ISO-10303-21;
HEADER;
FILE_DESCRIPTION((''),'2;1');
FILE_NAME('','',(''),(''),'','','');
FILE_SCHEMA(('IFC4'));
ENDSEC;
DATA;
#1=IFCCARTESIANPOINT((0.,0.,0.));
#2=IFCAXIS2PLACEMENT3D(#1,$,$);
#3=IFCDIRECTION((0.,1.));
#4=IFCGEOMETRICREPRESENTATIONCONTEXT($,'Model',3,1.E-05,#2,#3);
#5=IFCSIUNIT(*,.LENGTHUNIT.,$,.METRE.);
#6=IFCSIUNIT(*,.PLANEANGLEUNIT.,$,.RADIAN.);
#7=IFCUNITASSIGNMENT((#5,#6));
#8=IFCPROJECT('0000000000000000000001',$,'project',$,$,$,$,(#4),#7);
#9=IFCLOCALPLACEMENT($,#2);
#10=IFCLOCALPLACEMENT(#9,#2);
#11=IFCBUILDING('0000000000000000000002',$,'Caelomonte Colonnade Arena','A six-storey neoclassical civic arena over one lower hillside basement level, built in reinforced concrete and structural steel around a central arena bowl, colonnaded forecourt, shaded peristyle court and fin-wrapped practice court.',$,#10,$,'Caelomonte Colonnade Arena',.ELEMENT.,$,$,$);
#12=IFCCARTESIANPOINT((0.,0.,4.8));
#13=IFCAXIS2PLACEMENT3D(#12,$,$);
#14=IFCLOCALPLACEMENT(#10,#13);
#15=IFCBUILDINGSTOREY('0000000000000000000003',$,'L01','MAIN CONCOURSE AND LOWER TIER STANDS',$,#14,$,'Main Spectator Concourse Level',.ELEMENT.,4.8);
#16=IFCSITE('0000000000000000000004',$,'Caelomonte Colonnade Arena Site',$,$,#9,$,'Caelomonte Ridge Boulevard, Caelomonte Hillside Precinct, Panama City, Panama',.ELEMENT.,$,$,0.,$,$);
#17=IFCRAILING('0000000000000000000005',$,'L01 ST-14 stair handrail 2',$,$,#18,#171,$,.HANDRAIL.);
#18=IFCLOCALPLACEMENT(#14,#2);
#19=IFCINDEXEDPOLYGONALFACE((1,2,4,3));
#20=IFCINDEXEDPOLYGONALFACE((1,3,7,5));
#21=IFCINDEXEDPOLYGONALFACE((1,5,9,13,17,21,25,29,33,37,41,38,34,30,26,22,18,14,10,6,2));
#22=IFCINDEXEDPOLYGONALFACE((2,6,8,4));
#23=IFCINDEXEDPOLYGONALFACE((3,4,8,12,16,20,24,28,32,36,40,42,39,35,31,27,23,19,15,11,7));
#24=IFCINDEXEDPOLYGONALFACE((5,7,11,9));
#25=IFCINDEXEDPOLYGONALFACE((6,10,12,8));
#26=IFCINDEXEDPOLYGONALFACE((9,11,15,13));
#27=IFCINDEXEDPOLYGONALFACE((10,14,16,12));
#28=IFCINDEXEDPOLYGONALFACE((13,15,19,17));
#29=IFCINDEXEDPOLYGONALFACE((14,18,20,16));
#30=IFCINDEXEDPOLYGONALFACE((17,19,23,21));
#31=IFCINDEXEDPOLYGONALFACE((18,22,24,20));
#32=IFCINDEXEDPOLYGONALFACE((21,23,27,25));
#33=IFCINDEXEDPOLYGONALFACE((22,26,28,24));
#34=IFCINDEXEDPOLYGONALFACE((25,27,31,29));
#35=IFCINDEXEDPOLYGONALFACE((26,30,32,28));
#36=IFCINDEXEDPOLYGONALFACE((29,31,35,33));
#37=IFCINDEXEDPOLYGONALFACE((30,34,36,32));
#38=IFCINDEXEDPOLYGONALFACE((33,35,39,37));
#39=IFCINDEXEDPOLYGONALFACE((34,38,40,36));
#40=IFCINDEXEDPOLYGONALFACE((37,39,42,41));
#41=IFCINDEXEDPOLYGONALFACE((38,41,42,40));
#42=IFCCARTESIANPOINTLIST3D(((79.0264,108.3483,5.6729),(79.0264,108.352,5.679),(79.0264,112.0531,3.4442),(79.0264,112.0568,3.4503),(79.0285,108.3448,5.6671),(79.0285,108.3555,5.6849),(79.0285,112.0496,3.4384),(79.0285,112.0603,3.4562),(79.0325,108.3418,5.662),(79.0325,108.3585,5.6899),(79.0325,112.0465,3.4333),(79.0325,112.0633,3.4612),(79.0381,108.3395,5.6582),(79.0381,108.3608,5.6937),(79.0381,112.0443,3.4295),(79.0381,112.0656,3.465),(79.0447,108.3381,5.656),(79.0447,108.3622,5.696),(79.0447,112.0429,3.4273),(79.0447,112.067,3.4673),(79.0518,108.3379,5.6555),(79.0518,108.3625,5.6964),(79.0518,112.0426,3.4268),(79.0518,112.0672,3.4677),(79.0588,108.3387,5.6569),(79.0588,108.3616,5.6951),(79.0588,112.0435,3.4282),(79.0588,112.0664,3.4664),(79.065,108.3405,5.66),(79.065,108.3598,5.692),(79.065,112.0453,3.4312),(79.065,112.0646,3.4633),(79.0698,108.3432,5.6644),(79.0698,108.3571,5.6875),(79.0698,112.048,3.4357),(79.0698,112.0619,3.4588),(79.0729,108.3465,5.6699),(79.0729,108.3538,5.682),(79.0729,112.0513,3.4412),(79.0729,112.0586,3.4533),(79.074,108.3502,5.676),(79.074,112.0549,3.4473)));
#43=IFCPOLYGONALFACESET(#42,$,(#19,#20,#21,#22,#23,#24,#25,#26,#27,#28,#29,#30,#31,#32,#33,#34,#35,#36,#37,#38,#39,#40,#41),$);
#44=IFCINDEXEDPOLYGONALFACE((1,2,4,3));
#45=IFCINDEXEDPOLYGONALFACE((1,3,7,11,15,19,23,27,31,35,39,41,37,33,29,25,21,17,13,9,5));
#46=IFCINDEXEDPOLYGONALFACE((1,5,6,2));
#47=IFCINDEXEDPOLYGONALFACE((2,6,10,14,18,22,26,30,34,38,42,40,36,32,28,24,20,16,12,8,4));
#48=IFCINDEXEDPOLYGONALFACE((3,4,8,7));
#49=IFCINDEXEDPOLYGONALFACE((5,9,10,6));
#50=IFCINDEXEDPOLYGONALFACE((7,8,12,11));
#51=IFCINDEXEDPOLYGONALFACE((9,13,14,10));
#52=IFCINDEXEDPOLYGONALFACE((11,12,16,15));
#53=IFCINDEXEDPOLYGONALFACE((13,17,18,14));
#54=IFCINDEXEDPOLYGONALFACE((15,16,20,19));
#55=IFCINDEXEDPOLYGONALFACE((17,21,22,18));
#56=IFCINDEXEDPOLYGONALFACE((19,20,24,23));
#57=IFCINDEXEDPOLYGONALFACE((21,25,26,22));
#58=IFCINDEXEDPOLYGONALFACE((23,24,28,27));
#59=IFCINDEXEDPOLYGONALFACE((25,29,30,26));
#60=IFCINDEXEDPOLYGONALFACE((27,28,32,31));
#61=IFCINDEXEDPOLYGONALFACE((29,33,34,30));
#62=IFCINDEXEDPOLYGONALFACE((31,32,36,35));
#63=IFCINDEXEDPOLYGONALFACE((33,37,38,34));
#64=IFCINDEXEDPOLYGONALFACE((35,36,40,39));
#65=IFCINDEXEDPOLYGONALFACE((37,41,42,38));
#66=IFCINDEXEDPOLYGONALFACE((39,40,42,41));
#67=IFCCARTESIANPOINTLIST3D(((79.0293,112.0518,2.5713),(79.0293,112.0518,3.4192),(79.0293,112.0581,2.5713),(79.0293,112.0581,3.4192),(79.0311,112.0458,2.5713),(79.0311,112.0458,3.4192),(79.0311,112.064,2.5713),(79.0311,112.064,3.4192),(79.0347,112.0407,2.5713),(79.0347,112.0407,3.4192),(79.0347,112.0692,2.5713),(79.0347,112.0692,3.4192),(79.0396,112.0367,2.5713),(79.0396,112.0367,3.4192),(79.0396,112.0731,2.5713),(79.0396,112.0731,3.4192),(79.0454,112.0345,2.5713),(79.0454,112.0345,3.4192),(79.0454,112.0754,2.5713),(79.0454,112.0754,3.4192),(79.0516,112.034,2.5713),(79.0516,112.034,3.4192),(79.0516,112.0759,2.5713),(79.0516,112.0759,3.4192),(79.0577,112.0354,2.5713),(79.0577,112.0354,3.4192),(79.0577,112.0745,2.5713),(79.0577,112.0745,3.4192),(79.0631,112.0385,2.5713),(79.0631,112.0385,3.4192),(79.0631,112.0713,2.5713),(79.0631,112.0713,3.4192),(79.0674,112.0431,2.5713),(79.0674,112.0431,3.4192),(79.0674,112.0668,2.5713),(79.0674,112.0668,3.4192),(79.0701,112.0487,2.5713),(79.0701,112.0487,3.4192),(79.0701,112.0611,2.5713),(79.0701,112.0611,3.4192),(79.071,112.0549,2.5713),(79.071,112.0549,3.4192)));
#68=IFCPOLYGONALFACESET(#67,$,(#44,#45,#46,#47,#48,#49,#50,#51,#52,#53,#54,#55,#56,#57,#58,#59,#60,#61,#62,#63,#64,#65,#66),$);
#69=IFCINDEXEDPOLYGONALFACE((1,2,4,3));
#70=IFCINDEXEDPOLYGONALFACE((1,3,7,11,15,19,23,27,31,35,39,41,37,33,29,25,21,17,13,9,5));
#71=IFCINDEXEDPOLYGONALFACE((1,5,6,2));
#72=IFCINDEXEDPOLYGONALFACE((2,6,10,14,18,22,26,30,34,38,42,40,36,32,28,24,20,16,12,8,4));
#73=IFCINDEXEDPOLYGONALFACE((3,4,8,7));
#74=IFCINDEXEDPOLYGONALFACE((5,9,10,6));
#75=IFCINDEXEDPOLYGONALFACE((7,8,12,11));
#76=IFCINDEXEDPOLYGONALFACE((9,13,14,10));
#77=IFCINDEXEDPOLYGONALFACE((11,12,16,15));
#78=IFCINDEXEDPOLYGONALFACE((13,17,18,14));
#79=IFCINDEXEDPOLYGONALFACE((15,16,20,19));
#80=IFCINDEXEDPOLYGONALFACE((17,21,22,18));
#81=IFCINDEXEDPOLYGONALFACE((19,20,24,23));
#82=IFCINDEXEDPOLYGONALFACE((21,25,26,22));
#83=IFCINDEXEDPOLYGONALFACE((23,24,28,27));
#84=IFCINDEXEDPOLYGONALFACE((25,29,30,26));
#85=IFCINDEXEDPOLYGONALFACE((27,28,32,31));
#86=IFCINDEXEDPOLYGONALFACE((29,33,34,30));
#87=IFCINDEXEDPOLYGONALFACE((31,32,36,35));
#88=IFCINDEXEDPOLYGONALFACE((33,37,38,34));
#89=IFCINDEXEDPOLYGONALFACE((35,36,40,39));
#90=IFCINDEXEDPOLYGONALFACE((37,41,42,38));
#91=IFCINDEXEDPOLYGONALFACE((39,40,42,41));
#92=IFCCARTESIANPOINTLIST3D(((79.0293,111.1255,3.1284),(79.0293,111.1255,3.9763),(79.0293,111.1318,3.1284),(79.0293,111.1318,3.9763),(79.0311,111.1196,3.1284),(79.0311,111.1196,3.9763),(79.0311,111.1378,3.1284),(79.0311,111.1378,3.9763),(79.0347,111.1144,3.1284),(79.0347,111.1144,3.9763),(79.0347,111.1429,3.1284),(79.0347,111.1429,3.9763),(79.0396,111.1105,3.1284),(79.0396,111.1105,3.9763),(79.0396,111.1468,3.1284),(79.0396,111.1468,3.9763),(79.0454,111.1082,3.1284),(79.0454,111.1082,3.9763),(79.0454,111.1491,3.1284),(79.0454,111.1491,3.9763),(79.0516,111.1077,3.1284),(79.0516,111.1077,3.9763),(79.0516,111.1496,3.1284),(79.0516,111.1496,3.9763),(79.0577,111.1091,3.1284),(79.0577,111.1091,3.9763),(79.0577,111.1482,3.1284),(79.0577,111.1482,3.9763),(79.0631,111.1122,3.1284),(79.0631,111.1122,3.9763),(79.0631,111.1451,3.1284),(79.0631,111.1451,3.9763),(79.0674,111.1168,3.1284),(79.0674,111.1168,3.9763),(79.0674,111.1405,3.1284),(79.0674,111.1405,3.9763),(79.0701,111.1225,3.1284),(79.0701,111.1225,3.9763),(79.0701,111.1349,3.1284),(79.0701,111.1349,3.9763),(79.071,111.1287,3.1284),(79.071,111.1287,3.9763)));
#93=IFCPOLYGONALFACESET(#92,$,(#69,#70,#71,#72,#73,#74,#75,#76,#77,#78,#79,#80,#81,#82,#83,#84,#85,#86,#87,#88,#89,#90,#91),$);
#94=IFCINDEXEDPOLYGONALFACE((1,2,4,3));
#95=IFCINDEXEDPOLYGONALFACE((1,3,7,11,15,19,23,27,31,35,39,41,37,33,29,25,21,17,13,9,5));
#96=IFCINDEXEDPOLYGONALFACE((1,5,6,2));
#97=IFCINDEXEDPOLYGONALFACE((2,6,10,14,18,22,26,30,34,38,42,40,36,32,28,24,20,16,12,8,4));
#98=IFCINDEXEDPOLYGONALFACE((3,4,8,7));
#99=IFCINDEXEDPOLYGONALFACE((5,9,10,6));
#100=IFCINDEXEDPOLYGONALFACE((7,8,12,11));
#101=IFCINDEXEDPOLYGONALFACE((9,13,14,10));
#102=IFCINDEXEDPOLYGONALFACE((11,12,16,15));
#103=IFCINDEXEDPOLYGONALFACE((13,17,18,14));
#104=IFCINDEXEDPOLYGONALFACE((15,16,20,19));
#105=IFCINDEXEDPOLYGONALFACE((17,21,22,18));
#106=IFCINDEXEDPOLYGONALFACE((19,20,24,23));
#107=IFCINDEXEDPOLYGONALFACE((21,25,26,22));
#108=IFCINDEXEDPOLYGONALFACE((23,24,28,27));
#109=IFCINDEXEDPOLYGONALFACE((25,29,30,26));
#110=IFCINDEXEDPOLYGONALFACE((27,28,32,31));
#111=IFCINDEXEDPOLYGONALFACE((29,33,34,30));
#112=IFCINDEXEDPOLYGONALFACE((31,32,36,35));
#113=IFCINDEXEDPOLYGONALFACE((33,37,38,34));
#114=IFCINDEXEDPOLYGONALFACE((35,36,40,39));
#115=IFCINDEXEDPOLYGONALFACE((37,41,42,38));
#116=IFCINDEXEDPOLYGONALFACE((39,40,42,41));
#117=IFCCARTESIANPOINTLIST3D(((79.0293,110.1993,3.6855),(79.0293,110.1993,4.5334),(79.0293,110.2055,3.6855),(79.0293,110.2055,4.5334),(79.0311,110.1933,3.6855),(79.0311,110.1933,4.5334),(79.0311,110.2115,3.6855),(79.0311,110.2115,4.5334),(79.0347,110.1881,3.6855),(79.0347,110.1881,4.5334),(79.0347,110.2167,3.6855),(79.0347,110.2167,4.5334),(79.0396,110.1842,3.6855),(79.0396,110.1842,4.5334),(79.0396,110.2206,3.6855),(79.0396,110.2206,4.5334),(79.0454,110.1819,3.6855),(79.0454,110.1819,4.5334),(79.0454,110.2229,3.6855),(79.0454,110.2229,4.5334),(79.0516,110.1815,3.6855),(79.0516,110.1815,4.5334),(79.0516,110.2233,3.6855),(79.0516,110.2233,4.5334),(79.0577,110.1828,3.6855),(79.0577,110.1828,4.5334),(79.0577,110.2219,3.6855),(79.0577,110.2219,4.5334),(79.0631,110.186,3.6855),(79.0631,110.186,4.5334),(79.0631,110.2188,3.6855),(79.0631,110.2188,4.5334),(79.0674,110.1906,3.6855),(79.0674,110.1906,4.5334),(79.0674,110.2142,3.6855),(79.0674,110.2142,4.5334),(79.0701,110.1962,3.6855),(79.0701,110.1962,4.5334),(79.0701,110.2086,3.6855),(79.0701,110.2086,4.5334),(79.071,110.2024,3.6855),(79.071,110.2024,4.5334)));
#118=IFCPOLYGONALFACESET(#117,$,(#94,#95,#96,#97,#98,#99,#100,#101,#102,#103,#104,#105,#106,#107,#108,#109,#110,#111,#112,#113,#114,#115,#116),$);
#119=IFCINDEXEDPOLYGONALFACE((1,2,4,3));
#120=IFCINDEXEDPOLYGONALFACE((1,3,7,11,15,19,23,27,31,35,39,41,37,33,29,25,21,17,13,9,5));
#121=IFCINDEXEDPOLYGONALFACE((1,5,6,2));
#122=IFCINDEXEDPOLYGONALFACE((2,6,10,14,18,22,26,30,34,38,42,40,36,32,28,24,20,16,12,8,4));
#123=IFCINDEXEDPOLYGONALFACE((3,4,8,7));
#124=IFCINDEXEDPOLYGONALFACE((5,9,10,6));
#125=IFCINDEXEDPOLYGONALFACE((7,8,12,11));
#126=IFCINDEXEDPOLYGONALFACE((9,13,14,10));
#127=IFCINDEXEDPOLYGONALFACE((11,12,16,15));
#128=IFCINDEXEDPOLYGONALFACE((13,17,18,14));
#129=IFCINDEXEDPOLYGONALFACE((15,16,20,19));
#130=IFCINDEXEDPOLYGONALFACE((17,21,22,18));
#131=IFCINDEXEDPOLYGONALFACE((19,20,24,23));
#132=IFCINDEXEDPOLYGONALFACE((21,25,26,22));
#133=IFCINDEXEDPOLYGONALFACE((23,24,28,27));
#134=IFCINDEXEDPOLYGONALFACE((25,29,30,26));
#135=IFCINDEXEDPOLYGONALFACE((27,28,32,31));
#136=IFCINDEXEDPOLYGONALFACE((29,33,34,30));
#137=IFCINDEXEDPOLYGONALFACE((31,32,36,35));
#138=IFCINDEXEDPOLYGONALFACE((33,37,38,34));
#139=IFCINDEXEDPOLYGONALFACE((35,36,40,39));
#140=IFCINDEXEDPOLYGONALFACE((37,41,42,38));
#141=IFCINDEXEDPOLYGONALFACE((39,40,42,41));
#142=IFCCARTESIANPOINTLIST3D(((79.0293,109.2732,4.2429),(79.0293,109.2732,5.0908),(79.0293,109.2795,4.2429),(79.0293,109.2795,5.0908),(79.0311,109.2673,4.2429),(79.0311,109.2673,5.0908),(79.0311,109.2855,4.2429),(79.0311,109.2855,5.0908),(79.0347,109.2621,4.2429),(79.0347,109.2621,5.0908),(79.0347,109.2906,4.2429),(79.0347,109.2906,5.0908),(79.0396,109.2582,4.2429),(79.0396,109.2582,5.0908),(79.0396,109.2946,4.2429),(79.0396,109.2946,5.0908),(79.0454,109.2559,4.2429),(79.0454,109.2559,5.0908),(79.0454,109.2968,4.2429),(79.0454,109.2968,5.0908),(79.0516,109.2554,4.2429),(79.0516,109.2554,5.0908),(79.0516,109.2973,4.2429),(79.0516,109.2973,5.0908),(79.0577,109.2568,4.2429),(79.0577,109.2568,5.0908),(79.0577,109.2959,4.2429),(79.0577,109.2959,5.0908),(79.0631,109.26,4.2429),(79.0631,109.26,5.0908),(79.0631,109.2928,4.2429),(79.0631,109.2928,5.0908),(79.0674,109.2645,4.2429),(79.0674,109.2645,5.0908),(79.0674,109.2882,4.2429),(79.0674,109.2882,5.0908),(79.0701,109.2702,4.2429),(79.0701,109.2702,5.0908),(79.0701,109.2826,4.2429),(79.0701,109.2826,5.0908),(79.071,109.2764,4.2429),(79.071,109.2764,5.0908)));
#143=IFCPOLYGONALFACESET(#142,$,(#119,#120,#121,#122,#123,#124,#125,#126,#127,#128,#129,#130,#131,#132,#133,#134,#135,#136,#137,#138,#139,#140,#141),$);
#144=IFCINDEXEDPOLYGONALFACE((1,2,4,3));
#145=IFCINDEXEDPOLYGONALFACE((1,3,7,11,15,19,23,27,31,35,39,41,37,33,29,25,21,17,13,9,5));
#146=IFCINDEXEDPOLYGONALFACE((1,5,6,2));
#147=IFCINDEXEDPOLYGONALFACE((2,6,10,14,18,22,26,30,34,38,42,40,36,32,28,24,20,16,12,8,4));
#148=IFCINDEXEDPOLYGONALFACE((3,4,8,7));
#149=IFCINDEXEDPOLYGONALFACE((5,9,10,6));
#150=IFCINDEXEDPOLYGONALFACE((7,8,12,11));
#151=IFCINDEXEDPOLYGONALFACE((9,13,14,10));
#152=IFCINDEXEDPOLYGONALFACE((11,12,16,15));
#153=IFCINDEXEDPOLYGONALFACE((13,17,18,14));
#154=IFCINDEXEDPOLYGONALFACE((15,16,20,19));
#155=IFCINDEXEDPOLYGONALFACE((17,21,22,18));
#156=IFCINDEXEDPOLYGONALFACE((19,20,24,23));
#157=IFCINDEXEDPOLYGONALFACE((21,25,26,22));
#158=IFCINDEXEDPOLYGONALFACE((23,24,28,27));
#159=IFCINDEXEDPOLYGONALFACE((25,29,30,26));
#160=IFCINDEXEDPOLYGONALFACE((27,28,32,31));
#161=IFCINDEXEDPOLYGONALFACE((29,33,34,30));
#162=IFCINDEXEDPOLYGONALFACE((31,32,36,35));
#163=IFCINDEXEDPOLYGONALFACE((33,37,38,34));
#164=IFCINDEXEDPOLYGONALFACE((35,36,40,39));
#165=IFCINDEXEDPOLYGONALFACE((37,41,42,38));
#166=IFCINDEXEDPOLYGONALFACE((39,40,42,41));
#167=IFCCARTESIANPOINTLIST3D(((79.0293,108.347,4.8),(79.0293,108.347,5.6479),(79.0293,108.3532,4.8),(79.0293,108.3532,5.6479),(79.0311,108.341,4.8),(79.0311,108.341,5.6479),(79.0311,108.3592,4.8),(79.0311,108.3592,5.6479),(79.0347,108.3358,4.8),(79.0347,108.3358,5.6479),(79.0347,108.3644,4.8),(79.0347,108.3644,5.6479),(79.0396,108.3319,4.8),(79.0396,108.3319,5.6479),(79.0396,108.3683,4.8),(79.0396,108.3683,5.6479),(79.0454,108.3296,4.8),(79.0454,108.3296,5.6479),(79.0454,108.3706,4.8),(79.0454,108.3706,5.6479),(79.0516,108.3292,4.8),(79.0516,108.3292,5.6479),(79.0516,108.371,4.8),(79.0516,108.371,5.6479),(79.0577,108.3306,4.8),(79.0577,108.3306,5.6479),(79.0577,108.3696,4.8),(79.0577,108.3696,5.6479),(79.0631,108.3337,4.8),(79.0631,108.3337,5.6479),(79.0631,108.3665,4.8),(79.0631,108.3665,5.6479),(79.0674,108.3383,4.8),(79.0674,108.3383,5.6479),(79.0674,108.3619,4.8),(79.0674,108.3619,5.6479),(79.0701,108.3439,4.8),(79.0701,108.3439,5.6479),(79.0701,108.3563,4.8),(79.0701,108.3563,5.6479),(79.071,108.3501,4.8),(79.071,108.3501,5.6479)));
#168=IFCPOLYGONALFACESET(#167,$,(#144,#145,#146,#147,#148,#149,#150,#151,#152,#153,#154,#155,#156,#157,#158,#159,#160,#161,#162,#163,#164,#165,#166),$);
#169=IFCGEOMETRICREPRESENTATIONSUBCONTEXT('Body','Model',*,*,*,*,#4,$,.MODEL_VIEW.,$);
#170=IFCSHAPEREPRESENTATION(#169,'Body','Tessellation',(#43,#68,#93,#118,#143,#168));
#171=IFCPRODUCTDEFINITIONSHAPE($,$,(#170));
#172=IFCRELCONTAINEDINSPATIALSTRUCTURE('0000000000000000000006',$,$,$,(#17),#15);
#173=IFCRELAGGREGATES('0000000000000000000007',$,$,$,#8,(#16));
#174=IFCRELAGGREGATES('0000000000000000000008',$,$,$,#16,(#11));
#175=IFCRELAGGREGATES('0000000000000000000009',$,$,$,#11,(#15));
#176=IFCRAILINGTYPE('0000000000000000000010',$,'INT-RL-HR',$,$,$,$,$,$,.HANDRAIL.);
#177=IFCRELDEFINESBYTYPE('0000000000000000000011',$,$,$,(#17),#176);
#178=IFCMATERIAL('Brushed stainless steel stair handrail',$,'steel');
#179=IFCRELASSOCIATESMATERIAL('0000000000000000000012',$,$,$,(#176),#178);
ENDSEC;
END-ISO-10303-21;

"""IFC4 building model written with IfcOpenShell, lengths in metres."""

from ifc_helpers import new_model, si_unit, direction, frame, origin, origin_2d, place, context, subcontext, project, spatial, circle, extrude, material, type_object, element, save


model = new_model("IFC4")

# Units and contexts
model_context = context("Model", 3, precision=1e-05, world=origin(), true_north=direction((0.0, 1.0)))
body_context = subcontext(model_context, "Body", "Model", "MODEL_VIEW")
ifc_project = project(units=[si_unit("LENGTHUNIT", "METRE"), si_unit("PLANEANGLEUNIT", "RADIAN")], contexts=[model_context])

# Site, building, storey
site_placement = place(None, origin())
site = spatial("IfcSite", under=ifc_project, at=site_placement, Name="Caelomonte Colonnade Arena Site", LongName="Caelomonte Ridge Boulevard, Caelomonte Hillside Precinct, Panama City, Panama", CompositionType="ELEMENT", RefElevation=0.0)
building_placement = place(site_placement, origin())
building = spatial("IfcBuilding", under=site, at=building_placement, Name="Caelomonte Colonnade Arena", Description="A six-storey neoclassical civic arena over one lower hillside basement level, built in reinforced concrete and structural steel around a central arena bowl, colonnaded forecourt, shaded peristyle court and fin-wrapped practice court.", LongName="Caelomonte Colonnade Arena", CompositionType="ELEMENT")
storey_placement = place(building_placement, frame((0.0, 0.0, 4.8)))
storey = spatial("IfcBuildingStorey", under=building, at=storey_placement, Name="L01", Description="MAIN CONCOURSE AND LOWER TIER STANDS", LongName="Main Spectator Concourse Level", CompositionType="ELEMENT", Elevation=4.8)

# Railing
ifc_material_1 = material(Name="Brushed stainless steel stair handrail", Category="steel")
railing_type = type_object("IfcRailingType", Name="INT-RL-HR", PredefinedType="HANDRAIL", material=ifc_material_1)
railing_placement = place(storey_placement, frame((79.05, 112.0549, 2.5713)))
element("IfcRailing", 1, at=railing_placement, inside=storey, type_object=railing_type, Name="L01 ST-14 stair handrail 2", PredefinedType="HANDRAIL", context=body_context, shape_type="SweptSolid", body=[
    extrude(circle(Radius=0.0239, at=origin_2d()), frame((0.0, 0.0, 0.876), z_axis=(0.0, -0.856894, 0.515492), x_axis=(1.0, 0.0, 0.0)), (0.0, 0.0, 1.0), 4.3235),
    extrude(circle(Radius=0.021, at=origin_2d()), origin(), (0.0, 0.0, 1.0), 0.8479),
    extrude(circle(Radius=0.021, at=origin_2d()), frame((0.0, -0.9263, 0.5571)), (0.0, 0.0, 1.0), 0.8479),
    extrude(circle(Radius=0.021, at=origin_2d()), frame((0.0, -1.8525, 1.1143)), (0.0, 0.0, 1.0), 0.8479),
    extrude(circle(Radius=0.021, at=origin_2d()), frame((0.0, -2.7786, 1.6716)), (0.0, 0.0, 1.0), 0.8479),
    extrude(circle(Radius=0.021, at=origin_2d()), frame((0.0, -3.7048, 2.2288)), (0.0, 0.0, 1.0), 0.8479),
])

save(model, "model.ifc")
